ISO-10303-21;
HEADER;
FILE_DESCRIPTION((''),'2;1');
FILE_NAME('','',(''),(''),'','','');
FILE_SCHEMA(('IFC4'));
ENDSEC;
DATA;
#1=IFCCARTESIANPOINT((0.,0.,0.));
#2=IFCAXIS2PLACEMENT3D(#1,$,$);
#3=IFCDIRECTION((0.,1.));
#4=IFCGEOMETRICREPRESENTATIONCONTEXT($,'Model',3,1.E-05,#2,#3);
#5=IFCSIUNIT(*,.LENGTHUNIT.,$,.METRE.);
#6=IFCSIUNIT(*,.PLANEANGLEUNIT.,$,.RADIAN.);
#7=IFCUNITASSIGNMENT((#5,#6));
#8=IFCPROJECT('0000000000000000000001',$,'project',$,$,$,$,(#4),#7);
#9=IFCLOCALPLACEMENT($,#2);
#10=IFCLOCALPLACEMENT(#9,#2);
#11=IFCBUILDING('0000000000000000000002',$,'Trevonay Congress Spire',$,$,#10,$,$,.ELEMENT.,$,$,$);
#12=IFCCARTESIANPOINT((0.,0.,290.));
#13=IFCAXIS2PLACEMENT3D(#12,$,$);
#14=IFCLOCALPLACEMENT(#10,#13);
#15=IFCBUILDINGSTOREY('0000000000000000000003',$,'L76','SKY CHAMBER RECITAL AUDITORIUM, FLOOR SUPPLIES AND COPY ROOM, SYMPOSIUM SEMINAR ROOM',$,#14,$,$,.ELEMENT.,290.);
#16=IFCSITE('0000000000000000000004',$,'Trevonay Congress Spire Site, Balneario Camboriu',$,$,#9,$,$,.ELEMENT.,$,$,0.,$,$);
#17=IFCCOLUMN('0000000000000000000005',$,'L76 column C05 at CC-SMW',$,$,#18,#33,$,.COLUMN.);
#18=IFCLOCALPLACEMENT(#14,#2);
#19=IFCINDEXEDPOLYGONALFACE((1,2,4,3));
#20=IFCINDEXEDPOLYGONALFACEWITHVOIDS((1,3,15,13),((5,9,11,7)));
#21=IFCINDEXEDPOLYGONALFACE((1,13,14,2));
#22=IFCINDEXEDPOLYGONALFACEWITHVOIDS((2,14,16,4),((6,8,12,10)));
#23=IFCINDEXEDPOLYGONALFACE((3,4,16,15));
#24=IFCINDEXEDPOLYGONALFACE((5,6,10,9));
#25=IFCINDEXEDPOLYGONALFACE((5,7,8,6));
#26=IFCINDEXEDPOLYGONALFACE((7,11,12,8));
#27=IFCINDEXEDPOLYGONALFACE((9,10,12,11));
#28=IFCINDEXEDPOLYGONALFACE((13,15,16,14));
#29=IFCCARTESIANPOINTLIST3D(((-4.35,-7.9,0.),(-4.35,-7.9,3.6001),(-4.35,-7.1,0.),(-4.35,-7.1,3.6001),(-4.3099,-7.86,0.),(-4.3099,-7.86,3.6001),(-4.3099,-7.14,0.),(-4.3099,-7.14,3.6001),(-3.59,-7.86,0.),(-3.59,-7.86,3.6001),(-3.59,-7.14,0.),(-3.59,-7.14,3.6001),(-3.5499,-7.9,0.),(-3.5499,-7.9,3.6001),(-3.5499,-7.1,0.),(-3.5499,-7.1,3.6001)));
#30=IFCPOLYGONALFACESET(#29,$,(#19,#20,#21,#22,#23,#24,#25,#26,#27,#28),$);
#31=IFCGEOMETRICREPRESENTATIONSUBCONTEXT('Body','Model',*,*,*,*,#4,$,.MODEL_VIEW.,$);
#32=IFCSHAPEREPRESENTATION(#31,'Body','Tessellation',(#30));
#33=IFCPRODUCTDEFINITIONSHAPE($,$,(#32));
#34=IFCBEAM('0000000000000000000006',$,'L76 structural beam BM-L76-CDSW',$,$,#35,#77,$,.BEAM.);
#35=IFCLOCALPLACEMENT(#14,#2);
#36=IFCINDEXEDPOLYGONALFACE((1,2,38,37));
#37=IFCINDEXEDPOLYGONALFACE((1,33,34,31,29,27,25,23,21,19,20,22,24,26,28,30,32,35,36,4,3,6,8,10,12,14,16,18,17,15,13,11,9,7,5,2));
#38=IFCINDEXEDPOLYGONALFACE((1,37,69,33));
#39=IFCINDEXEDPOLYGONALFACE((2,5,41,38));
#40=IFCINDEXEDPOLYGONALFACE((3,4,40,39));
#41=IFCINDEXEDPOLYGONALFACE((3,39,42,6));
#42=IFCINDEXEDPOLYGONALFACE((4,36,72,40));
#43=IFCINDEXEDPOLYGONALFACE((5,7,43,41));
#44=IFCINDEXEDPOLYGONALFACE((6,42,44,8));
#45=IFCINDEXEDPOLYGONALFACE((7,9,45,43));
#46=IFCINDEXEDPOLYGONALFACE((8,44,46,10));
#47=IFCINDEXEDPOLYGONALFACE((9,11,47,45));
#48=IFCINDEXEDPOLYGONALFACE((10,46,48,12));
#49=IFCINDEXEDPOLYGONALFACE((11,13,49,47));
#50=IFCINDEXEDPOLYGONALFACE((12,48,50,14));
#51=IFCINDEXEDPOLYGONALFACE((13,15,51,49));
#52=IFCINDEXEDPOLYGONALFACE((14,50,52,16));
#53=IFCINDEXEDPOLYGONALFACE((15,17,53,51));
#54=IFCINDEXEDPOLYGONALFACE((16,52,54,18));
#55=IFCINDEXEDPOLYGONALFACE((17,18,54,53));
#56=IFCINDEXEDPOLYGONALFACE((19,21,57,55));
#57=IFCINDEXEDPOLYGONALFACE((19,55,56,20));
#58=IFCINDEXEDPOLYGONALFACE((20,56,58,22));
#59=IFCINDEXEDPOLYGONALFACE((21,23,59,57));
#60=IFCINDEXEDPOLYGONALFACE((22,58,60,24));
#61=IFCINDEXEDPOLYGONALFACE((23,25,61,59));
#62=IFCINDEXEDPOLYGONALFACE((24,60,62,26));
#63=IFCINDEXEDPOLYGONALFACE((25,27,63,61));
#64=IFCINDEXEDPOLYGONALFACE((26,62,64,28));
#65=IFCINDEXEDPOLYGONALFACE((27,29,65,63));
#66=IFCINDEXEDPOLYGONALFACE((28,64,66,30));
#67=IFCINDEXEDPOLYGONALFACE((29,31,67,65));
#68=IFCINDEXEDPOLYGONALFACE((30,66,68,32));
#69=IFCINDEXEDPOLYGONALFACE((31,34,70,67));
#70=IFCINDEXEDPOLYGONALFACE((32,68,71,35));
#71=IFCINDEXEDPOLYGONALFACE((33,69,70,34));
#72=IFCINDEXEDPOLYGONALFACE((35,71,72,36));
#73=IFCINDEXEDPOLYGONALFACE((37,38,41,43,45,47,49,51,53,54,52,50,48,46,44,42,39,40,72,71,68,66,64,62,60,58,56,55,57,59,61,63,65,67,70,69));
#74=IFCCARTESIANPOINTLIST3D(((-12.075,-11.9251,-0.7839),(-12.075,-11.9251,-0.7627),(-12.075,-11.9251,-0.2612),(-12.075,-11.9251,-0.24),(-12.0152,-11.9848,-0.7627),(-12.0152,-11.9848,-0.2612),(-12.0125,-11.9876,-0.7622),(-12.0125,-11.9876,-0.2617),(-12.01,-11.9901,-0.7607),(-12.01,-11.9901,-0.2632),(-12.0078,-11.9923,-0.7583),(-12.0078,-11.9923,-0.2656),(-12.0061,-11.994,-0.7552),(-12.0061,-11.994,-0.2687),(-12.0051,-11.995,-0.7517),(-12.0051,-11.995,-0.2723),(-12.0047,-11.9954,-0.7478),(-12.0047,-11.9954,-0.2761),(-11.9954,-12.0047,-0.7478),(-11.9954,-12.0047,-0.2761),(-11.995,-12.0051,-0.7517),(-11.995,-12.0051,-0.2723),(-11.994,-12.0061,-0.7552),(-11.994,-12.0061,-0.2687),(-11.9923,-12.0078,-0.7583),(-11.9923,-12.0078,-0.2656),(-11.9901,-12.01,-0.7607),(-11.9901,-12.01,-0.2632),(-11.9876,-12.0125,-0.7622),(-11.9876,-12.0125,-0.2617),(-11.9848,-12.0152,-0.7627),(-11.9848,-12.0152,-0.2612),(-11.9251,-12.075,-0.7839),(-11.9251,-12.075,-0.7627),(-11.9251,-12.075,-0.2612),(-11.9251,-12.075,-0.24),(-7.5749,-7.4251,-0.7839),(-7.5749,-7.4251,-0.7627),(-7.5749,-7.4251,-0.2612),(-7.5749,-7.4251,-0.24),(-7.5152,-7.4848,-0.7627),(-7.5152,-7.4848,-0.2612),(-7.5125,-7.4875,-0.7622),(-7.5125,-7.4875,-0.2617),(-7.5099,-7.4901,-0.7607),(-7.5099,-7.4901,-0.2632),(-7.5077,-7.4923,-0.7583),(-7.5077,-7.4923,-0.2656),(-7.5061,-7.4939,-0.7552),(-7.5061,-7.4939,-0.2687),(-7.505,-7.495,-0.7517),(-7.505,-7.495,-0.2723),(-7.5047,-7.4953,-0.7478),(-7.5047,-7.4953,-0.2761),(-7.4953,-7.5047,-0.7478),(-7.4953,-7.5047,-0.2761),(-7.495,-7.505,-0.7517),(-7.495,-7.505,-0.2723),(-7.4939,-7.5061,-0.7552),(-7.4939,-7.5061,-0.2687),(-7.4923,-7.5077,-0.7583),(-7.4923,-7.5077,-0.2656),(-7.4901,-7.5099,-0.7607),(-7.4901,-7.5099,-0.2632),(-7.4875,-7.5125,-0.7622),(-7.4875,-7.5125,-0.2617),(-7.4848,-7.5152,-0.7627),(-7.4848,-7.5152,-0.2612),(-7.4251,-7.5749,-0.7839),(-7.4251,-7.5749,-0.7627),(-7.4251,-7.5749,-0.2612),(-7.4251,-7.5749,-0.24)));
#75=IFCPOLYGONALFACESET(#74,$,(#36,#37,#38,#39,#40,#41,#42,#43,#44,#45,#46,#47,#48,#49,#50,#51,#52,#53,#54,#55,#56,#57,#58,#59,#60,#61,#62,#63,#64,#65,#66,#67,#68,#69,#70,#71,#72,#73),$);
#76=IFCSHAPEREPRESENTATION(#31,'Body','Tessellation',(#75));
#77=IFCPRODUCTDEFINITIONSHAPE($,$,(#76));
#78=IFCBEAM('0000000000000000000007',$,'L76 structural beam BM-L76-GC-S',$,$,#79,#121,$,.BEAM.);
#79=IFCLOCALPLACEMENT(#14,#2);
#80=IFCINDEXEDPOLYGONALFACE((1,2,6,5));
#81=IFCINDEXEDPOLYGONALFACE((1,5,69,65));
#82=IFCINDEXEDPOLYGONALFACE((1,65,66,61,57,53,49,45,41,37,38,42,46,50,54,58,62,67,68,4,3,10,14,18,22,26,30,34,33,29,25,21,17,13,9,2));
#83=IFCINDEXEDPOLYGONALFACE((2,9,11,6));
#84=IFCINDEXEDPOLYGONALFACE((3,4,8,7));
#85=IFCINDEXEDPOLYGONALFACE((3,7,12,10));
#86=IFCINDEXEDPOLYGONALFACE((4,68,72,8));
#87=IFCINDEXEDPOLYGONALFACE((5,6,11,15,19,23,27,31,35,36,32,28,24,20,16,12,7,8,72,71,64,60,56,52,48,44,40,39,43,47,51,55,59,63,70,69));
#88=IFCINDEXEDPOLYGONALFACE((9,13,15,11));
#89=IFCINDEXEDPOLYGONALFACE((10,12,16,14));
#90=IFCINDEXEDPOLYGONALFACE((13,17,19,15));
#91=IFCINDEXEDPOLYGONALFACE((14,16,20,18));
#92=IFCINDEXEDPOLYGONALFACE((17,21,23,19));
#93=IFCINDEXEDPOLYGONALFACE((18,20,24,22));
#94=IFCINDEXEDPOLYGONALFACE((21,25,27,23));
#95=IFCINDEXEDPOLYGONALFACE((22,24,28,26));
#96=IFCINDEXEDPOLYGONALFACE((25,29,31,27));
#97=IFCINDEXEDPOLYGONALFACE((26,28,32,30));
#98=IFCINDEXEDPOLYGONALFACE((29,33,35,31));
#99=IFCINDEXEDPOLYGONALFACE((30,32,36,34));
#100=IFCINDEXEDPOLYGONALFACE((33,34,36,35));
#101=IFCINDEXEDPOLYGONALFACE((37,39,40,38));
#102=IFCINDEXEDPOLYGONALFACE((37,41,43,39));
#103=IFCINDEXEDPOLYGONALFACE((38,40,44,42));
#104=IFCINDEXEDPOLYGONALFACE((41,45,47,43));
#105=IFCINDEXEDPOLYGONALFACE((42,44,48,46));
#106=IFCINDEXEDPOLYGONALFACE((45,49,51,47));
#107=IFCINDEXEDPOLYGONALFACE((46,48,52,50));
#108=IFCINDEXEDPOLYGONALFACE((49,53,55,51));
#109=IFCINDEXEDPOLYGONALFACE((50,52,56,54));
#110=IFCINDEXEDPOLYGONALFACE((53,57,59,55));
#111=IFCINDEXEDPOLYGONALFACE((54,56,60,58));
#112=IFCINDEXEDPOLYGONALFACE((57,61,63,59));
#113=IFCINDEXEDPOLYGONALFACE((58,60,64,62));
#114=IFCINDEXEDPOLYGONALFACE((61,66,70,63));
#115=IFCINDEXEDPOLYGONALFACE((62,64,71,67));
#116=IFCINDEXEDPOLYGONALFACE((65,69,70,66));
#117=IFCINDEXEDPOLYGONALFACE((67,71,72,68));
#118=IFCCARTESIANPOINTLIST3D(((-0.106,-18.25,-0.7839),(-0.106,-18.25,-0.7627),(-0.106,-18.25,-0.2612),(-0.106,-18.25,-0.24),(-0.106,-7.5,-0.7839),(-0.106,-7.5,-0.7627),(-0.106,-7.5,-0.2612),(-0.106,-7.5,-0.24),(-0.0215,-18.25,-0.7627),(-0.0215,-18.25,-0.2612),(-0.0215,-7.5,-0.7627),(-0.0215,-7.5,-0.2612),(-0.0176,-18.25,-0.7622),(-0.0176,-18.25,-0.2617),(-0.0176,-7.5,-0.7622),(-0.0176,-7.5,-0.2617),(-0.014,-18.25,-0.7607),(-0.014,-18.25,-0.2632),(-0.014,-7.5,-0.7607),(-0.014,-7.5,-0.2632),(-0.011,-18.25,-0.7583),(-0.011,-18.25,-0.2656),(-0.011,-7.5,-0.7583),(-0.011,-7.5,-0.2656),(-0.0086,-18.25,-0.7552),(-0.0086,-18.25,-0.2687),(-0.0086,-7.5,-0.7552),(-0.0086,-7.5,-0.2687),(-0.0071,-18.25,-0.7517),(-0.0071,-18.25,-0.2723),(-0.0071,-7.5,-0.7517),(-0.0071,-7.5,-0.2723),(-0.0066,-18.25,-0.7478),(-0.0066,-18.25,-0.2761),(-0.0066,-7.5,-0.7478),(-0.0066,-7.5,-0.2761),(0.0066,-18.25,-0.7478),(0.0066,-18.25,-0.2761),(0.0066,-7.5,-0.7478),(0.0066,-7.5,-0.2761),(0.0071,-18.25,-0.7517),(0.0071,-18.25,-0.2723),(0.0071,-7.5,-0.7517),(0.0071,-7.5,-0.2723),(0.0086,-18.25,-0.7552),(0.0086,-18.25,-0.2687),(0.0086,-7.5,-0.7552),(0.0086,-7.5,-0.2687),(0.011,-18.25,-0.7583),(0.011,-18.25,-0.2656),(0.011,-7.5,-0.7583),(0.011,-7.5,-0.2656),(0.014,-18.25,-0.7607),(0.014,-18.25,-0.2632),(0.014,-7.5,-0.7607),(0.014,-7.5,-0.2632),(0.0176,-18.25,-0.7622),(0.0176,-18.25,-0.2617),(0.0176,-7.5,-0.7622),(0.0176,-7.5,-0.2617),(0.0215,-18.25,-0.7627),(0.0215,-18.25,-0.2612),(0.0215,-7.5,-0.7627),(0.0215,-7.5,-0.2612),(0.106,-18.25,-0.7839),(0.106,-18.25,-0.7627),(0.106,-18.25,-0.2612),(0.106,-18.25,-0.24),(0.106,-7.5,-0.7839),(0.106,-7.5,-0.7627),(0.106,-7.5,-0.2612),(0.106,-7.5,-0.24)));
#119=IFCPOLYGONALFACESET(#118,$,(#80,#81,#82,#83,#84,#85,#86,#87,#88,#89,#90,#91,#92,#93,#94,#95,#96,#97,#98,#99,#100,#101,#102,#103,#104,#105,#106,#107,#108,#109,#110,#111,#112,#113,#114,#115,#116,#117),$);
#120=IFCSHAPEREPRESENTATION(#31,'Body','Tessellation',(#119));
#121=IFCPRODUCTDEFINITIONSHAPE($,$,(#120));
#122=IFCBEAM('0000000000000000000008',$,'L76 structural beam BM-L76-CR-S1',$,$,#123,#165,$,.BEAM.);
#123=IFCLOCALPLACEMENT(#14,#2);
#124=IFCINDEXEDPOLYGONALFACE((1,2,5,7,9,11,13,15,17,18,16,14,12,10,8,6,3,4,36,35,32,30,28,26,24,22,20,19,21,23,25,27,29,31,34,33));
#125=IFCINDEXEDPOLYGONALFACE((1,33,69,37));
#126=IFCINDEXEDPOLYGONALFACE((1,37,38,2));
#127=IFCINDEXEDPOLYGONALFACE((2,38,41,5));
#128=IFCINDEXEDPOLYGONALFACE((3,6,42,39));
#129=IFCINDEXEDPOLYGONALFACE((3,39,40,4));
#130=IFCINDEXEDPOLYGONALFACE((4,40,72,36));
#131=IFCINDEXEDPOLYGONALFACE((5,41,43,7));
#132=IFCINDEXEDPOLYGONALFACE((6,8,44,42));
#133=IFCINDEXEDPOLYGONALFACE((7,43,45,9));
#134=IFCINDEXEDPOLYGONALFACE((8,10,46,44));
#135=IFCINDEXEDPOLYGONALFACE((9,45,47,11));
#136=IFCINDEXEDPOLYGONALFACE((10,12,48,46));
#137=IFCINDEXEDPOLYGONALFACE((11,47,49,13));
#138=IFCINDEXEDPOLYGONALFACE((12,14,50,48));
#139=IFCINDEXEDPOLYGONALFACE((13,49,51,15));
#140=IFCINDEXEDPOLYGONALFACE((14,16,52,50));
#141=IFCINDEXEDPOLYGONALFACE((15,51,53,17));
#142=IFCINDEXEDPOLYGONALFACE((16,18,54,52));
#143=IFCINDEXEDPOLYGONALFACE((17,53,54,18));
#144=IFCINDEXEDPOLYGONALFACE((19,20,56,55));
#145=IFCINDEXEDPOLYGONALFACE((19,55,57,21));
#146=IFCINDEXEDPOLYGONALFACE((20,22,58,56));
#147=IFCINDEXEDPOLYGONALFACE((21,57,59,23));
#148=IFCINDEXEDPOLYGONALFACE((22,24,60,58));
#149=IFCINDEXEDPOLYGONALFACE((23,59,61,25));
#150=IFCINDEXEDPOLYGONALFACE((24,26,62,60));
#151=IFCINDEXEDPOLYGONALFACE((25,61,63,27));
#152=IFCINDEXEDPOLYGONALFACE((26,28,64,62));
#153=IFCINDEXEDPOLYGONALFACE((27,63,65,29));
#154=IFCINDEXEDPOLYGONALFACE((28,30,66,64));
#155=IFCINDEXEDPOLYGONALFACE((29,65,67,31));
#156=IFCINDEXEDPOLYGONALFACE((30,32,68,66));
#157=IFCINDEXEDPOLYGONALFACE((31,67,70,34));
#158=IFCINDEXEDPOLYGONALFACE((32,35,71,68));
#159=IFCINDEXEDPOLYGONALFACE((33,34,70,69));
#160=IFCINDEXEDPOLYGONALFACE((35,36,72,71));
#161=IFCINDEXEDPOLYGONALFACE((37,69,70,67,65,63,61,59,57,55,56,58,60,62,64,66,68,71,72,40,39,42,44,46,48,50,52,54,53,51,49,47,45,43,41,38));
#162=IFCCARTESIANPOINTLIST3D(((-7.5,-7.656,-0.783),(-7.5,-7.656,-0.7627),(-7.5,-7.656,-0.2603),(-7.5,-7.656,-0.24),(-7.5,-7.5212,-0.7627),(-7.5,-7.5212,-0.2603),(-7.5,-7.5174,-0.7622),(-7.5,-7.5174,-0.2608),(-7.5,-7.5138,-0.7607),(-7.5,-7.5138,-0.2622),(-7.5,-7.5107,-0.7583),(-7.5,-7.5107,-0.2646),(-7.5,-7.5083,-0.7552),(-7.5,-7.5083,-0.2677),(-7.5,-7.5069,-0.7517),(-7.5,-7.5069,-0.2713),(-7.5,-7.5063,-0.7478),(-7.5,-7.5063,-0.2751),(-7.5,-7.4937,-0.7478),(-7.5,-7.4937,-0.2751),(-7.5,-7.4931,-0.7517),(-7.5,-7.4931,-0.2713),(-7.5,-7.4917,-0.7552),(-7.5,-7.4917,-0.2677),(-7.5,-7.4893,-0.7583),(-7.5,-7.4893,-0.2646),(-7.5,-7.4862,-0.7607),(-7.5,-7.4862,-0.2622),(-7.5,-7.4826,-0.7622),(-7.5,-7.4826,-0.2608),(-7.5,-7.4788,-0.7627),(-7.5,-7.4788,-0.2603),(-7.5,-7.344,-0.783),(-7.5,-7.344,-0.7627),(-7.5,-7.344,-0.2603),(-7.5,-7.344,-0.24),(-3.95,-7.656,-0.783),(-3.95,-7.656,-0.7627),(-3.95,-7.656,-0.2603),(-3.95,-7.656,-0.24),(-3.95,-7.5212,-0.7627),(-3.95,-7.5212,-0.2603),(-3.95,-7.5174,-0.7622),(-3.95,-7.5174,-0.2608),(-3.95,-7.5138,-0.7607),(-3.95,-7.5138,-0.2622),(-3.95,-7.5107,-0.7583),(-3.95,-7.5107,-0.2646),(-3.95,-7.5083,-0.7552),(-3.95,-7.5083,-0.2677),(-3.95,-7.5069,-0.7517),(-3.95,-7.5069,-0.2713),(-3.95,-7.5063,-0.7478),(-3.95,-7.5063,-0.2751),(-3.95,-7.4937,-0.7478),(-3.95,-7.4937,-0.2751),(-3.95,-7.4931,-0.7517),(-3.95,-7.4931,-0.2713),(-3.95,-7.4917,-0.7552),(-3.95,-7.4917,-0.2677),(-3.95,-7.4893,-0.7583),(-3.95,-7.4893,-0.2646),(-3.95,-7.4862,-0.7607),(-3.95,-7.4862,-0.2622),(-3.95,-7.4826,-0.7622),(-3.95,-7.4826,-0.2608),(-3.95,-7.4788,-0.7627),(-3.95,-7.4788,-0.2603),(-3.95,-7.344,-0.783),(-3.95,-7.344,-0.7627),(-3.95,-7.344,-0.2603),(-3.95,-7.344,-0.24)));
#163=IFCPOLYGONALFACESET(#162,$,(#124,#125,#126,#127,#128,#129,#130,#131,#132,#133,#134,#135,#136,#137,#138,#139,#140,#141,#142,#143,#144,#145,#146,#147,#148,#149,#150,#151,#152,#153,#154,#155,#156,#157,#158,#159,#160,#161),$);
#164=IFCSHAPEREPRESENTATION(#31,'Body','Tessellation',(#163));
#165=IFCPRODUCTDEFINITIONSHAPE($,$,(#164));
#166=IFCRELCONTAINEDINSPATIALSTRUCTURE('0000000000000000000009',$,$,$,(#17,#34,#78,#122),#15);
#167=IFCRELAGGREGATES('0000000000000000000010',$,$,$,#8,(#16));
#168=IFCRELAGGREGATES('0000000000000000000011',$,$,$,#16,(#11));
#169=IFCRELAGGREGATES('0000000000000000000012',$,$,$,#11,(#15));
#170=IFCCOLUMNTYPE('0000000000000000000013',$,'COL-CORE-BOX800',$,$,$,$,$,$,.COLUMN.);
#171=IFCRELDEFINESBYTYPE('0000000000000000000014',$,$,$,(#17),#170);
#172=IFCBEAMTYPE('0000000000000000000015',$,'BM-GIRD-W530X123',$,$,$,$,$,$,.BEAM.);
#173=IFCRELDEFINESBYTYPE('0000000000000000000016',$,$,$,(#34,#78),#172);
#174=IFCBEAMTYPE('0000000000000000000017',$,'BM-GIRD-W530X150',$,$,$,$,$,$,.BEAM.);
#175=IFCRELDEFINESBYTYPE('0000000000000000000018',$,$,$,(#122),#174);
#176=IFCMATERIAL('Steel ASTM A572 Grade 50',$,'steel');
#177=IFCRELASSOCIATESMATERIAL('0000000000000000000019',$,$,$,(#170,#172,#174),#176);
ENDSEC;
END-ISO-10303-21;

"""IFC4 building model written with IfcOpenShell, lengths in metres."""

from ifc_helpers import new_model, si_unit, direction, frame, origin, origin_2d, place, context, subcontext, project, spatial, hollow_rectangle, i_section, extrude, material, material_profile, profile_set, type_object, element, save


model = new_model("IFC4")

# Units and contexts
model_context = context("Model", 3, precision=1e-05, world=origin(), true_north=direction((0.0, 1.0)))
body_context = subcontext(model_context, "Body", "Model", "MODEL_VIEW")
ifc_project = project(units=[si_unit("LENGTHUNIT", "METRE"), si_unit("PLANEANGLEUNIT", "RADIAN")], contexts=[model_context])

# Site, building, storey
site_placement = place(None, origin())
site = spatial("IfcSite", under=ifc_project, at=site_placement, Name="Trevonay Congress Spire Site, Balneario Camboriu", CompositionType="ELEMENT", RefElevation=0.0)
building_placement = place(site_placement, origin())
building = spatial("IfcBuilding", under=site, at=building_placement, Name="Trevonay Congress Spire", CompositionType="ELEMENT")
storey_placement = place(building_placement, frame((0.0, 0.0, 290.0)))
storey = spatial("IfcBuildingStorey", under=building, at=storey_placement, Name="L76", Description="SKY CHAMBER RECITAL AUDITORIUM, FLOOR SUPPLIES AND COPY ROOM, SYMPOSIUM SEMINAR ROOM", CompositionType="ELEMENT", Elevation=290.0)

# Column
ifc_material_1 = material(Name="Steel ASTM A572 Grade 50", Category="steel")
ifc_material_profile_1 = material_profile(ifc_material_1, hollow_rectangle(XDim=0.8, YDim=0.8, WallThickness=0.04, at=origin_2d()), Name="BOX 800x800x40")
ifc_profile_set_1 = profile_set([ifc_material_profile_1], Name="Steel ASTM A572 Grade 50")
column_type = type_object("IfcColumnType", Name="COL-CORE-BOX800", PredefinedType="COLUMN", material=ifc_profile_set_1)
column_placement = place(storey_placement, frame((-3.95, -7.5, 0.0), z_axis=(0.0, 0.0, 1.0), x_axis=(1.0, 0.0, 0.0)))
element("IfcColumn", 1, at=column_placement, inside=storey, type_object=column_type, Name="L76 column C05 at CC-SMW", PredefinedType="COLUMN", context=body_context, shape_type="SweptSolid", body=[
    extrude(hollow_rectangle(XDim=0.8, YDim=0.8, WallThickness=0.04, at=origin_2d()), origin(), (0.0, 0.0, 1.0), 3.6001),
])

# Beams
ifc_material_profile_2 = material_profile(ifc_material_1, i_section(OverallWidth=0.2119, OverallDepth=0.5439, WebThickness=0.0132, FlangeThickness=0.0212, FilletRadius=0.0149, at=origin_2d()), Name="W530x123")
ifc_profile_set_2 = profile_set([ifc_material_profile_2], Name="Steel ASTM A572 Grade 50")
beam_type_1 = type_object("IfcBeamType", Name="BM-GIRD-W530X123", PredefinedType="BEAM", material=ifc_profile_set_2)
beam_1_placement = place(storey_placement, frame((-7.5, -7.5, -0.512), z_axis=(-0.707107, -0.707107, 0.0), x_axis=(0.707107, -0.707107, 0.0)))
element("IfcBeam", 2, at=beam_1_placement, inside=storey, type_object=beam_type_1, Name="L76 structural beam BM-L76-CDSW", PredefinedType="BEAM", context=body_context, shape_type="SweptSolid", body=[
    extrude(i_section(OverallWidth=0.2119, OverallDepth=0.5439, WebThickness=0.0132, FlangeThickness=0.0212, FilletRadius=0.0149, at=origin_2d()), origin(), (0.0, 0.0, 1.0), 6.364),
])
beam_2_placement = place(storey_placement, frame((0.0, -7.5, -0.512), z_axis=(0.0, -1.0, 0.0), x_axis=(1.0, 0.0, 0.0)))
element("IfcBeam", 3, at=beam_2_placement, inside=storey, type_object=beam_type_1, Name="L76 structural beam BM-L76-GC-S", PredefinedType="BEAM", context=body_context, shape_type="SweptSolid", body=[
    extrude(i_section(OverallWidth=0.2119, OverallDepth=0.5439, WebThickness=0.0132, FlangeThickness=0.0212, FilletRadius=0.0149, at=origin_2d()), origin(), (0.0, 0.0, 1.0), 10.75),
])
ifc_material_profile_3 = material_profile(ifc_material_1, i_section(OverallWidth=0.312, OverallDepth=0.543, WebThickness=0.0127, FlangeThickness=0.0203, FilletRadius=0.0149, at=origin_2d()), Name="W530x150")
ifc_profile_set_3 = profile_set([ifc_material_profile_3], Name="Steel ASTM A572 Grade 50")
beam_type_2 = type_object("IfcBeamType", Name="BM-GIRD-W530X150", PredefinedType="BEAM", material=ifc_profile_set_3)
beam_3_placement = place(storey_placement, frame((-7.5, -7.5, -0.5115), z_axis=(1.0, 0.0, 0.0), x_axis=(0.0, 1.0, 0.0)))
element("IfcBeam", 4, at=beam_3_placement, inside=storey, type_object=beam_type_2, Name="L76 structural beam BM-L76-CR-S1", PredefinedType="BEAM", context=body_context, shape_type="SweptSolid", body=[
    extrude(i_section(OverallWidth=0.312, OverallDepth=0.543, WebThickness=0.0127, FlangeThickness=0.0203, FilletRadius=0.0149, at=origin_2d()), origin(), (0.0, 0.0, 1.0), 3.55),
])

save(model, "model.ifc")
